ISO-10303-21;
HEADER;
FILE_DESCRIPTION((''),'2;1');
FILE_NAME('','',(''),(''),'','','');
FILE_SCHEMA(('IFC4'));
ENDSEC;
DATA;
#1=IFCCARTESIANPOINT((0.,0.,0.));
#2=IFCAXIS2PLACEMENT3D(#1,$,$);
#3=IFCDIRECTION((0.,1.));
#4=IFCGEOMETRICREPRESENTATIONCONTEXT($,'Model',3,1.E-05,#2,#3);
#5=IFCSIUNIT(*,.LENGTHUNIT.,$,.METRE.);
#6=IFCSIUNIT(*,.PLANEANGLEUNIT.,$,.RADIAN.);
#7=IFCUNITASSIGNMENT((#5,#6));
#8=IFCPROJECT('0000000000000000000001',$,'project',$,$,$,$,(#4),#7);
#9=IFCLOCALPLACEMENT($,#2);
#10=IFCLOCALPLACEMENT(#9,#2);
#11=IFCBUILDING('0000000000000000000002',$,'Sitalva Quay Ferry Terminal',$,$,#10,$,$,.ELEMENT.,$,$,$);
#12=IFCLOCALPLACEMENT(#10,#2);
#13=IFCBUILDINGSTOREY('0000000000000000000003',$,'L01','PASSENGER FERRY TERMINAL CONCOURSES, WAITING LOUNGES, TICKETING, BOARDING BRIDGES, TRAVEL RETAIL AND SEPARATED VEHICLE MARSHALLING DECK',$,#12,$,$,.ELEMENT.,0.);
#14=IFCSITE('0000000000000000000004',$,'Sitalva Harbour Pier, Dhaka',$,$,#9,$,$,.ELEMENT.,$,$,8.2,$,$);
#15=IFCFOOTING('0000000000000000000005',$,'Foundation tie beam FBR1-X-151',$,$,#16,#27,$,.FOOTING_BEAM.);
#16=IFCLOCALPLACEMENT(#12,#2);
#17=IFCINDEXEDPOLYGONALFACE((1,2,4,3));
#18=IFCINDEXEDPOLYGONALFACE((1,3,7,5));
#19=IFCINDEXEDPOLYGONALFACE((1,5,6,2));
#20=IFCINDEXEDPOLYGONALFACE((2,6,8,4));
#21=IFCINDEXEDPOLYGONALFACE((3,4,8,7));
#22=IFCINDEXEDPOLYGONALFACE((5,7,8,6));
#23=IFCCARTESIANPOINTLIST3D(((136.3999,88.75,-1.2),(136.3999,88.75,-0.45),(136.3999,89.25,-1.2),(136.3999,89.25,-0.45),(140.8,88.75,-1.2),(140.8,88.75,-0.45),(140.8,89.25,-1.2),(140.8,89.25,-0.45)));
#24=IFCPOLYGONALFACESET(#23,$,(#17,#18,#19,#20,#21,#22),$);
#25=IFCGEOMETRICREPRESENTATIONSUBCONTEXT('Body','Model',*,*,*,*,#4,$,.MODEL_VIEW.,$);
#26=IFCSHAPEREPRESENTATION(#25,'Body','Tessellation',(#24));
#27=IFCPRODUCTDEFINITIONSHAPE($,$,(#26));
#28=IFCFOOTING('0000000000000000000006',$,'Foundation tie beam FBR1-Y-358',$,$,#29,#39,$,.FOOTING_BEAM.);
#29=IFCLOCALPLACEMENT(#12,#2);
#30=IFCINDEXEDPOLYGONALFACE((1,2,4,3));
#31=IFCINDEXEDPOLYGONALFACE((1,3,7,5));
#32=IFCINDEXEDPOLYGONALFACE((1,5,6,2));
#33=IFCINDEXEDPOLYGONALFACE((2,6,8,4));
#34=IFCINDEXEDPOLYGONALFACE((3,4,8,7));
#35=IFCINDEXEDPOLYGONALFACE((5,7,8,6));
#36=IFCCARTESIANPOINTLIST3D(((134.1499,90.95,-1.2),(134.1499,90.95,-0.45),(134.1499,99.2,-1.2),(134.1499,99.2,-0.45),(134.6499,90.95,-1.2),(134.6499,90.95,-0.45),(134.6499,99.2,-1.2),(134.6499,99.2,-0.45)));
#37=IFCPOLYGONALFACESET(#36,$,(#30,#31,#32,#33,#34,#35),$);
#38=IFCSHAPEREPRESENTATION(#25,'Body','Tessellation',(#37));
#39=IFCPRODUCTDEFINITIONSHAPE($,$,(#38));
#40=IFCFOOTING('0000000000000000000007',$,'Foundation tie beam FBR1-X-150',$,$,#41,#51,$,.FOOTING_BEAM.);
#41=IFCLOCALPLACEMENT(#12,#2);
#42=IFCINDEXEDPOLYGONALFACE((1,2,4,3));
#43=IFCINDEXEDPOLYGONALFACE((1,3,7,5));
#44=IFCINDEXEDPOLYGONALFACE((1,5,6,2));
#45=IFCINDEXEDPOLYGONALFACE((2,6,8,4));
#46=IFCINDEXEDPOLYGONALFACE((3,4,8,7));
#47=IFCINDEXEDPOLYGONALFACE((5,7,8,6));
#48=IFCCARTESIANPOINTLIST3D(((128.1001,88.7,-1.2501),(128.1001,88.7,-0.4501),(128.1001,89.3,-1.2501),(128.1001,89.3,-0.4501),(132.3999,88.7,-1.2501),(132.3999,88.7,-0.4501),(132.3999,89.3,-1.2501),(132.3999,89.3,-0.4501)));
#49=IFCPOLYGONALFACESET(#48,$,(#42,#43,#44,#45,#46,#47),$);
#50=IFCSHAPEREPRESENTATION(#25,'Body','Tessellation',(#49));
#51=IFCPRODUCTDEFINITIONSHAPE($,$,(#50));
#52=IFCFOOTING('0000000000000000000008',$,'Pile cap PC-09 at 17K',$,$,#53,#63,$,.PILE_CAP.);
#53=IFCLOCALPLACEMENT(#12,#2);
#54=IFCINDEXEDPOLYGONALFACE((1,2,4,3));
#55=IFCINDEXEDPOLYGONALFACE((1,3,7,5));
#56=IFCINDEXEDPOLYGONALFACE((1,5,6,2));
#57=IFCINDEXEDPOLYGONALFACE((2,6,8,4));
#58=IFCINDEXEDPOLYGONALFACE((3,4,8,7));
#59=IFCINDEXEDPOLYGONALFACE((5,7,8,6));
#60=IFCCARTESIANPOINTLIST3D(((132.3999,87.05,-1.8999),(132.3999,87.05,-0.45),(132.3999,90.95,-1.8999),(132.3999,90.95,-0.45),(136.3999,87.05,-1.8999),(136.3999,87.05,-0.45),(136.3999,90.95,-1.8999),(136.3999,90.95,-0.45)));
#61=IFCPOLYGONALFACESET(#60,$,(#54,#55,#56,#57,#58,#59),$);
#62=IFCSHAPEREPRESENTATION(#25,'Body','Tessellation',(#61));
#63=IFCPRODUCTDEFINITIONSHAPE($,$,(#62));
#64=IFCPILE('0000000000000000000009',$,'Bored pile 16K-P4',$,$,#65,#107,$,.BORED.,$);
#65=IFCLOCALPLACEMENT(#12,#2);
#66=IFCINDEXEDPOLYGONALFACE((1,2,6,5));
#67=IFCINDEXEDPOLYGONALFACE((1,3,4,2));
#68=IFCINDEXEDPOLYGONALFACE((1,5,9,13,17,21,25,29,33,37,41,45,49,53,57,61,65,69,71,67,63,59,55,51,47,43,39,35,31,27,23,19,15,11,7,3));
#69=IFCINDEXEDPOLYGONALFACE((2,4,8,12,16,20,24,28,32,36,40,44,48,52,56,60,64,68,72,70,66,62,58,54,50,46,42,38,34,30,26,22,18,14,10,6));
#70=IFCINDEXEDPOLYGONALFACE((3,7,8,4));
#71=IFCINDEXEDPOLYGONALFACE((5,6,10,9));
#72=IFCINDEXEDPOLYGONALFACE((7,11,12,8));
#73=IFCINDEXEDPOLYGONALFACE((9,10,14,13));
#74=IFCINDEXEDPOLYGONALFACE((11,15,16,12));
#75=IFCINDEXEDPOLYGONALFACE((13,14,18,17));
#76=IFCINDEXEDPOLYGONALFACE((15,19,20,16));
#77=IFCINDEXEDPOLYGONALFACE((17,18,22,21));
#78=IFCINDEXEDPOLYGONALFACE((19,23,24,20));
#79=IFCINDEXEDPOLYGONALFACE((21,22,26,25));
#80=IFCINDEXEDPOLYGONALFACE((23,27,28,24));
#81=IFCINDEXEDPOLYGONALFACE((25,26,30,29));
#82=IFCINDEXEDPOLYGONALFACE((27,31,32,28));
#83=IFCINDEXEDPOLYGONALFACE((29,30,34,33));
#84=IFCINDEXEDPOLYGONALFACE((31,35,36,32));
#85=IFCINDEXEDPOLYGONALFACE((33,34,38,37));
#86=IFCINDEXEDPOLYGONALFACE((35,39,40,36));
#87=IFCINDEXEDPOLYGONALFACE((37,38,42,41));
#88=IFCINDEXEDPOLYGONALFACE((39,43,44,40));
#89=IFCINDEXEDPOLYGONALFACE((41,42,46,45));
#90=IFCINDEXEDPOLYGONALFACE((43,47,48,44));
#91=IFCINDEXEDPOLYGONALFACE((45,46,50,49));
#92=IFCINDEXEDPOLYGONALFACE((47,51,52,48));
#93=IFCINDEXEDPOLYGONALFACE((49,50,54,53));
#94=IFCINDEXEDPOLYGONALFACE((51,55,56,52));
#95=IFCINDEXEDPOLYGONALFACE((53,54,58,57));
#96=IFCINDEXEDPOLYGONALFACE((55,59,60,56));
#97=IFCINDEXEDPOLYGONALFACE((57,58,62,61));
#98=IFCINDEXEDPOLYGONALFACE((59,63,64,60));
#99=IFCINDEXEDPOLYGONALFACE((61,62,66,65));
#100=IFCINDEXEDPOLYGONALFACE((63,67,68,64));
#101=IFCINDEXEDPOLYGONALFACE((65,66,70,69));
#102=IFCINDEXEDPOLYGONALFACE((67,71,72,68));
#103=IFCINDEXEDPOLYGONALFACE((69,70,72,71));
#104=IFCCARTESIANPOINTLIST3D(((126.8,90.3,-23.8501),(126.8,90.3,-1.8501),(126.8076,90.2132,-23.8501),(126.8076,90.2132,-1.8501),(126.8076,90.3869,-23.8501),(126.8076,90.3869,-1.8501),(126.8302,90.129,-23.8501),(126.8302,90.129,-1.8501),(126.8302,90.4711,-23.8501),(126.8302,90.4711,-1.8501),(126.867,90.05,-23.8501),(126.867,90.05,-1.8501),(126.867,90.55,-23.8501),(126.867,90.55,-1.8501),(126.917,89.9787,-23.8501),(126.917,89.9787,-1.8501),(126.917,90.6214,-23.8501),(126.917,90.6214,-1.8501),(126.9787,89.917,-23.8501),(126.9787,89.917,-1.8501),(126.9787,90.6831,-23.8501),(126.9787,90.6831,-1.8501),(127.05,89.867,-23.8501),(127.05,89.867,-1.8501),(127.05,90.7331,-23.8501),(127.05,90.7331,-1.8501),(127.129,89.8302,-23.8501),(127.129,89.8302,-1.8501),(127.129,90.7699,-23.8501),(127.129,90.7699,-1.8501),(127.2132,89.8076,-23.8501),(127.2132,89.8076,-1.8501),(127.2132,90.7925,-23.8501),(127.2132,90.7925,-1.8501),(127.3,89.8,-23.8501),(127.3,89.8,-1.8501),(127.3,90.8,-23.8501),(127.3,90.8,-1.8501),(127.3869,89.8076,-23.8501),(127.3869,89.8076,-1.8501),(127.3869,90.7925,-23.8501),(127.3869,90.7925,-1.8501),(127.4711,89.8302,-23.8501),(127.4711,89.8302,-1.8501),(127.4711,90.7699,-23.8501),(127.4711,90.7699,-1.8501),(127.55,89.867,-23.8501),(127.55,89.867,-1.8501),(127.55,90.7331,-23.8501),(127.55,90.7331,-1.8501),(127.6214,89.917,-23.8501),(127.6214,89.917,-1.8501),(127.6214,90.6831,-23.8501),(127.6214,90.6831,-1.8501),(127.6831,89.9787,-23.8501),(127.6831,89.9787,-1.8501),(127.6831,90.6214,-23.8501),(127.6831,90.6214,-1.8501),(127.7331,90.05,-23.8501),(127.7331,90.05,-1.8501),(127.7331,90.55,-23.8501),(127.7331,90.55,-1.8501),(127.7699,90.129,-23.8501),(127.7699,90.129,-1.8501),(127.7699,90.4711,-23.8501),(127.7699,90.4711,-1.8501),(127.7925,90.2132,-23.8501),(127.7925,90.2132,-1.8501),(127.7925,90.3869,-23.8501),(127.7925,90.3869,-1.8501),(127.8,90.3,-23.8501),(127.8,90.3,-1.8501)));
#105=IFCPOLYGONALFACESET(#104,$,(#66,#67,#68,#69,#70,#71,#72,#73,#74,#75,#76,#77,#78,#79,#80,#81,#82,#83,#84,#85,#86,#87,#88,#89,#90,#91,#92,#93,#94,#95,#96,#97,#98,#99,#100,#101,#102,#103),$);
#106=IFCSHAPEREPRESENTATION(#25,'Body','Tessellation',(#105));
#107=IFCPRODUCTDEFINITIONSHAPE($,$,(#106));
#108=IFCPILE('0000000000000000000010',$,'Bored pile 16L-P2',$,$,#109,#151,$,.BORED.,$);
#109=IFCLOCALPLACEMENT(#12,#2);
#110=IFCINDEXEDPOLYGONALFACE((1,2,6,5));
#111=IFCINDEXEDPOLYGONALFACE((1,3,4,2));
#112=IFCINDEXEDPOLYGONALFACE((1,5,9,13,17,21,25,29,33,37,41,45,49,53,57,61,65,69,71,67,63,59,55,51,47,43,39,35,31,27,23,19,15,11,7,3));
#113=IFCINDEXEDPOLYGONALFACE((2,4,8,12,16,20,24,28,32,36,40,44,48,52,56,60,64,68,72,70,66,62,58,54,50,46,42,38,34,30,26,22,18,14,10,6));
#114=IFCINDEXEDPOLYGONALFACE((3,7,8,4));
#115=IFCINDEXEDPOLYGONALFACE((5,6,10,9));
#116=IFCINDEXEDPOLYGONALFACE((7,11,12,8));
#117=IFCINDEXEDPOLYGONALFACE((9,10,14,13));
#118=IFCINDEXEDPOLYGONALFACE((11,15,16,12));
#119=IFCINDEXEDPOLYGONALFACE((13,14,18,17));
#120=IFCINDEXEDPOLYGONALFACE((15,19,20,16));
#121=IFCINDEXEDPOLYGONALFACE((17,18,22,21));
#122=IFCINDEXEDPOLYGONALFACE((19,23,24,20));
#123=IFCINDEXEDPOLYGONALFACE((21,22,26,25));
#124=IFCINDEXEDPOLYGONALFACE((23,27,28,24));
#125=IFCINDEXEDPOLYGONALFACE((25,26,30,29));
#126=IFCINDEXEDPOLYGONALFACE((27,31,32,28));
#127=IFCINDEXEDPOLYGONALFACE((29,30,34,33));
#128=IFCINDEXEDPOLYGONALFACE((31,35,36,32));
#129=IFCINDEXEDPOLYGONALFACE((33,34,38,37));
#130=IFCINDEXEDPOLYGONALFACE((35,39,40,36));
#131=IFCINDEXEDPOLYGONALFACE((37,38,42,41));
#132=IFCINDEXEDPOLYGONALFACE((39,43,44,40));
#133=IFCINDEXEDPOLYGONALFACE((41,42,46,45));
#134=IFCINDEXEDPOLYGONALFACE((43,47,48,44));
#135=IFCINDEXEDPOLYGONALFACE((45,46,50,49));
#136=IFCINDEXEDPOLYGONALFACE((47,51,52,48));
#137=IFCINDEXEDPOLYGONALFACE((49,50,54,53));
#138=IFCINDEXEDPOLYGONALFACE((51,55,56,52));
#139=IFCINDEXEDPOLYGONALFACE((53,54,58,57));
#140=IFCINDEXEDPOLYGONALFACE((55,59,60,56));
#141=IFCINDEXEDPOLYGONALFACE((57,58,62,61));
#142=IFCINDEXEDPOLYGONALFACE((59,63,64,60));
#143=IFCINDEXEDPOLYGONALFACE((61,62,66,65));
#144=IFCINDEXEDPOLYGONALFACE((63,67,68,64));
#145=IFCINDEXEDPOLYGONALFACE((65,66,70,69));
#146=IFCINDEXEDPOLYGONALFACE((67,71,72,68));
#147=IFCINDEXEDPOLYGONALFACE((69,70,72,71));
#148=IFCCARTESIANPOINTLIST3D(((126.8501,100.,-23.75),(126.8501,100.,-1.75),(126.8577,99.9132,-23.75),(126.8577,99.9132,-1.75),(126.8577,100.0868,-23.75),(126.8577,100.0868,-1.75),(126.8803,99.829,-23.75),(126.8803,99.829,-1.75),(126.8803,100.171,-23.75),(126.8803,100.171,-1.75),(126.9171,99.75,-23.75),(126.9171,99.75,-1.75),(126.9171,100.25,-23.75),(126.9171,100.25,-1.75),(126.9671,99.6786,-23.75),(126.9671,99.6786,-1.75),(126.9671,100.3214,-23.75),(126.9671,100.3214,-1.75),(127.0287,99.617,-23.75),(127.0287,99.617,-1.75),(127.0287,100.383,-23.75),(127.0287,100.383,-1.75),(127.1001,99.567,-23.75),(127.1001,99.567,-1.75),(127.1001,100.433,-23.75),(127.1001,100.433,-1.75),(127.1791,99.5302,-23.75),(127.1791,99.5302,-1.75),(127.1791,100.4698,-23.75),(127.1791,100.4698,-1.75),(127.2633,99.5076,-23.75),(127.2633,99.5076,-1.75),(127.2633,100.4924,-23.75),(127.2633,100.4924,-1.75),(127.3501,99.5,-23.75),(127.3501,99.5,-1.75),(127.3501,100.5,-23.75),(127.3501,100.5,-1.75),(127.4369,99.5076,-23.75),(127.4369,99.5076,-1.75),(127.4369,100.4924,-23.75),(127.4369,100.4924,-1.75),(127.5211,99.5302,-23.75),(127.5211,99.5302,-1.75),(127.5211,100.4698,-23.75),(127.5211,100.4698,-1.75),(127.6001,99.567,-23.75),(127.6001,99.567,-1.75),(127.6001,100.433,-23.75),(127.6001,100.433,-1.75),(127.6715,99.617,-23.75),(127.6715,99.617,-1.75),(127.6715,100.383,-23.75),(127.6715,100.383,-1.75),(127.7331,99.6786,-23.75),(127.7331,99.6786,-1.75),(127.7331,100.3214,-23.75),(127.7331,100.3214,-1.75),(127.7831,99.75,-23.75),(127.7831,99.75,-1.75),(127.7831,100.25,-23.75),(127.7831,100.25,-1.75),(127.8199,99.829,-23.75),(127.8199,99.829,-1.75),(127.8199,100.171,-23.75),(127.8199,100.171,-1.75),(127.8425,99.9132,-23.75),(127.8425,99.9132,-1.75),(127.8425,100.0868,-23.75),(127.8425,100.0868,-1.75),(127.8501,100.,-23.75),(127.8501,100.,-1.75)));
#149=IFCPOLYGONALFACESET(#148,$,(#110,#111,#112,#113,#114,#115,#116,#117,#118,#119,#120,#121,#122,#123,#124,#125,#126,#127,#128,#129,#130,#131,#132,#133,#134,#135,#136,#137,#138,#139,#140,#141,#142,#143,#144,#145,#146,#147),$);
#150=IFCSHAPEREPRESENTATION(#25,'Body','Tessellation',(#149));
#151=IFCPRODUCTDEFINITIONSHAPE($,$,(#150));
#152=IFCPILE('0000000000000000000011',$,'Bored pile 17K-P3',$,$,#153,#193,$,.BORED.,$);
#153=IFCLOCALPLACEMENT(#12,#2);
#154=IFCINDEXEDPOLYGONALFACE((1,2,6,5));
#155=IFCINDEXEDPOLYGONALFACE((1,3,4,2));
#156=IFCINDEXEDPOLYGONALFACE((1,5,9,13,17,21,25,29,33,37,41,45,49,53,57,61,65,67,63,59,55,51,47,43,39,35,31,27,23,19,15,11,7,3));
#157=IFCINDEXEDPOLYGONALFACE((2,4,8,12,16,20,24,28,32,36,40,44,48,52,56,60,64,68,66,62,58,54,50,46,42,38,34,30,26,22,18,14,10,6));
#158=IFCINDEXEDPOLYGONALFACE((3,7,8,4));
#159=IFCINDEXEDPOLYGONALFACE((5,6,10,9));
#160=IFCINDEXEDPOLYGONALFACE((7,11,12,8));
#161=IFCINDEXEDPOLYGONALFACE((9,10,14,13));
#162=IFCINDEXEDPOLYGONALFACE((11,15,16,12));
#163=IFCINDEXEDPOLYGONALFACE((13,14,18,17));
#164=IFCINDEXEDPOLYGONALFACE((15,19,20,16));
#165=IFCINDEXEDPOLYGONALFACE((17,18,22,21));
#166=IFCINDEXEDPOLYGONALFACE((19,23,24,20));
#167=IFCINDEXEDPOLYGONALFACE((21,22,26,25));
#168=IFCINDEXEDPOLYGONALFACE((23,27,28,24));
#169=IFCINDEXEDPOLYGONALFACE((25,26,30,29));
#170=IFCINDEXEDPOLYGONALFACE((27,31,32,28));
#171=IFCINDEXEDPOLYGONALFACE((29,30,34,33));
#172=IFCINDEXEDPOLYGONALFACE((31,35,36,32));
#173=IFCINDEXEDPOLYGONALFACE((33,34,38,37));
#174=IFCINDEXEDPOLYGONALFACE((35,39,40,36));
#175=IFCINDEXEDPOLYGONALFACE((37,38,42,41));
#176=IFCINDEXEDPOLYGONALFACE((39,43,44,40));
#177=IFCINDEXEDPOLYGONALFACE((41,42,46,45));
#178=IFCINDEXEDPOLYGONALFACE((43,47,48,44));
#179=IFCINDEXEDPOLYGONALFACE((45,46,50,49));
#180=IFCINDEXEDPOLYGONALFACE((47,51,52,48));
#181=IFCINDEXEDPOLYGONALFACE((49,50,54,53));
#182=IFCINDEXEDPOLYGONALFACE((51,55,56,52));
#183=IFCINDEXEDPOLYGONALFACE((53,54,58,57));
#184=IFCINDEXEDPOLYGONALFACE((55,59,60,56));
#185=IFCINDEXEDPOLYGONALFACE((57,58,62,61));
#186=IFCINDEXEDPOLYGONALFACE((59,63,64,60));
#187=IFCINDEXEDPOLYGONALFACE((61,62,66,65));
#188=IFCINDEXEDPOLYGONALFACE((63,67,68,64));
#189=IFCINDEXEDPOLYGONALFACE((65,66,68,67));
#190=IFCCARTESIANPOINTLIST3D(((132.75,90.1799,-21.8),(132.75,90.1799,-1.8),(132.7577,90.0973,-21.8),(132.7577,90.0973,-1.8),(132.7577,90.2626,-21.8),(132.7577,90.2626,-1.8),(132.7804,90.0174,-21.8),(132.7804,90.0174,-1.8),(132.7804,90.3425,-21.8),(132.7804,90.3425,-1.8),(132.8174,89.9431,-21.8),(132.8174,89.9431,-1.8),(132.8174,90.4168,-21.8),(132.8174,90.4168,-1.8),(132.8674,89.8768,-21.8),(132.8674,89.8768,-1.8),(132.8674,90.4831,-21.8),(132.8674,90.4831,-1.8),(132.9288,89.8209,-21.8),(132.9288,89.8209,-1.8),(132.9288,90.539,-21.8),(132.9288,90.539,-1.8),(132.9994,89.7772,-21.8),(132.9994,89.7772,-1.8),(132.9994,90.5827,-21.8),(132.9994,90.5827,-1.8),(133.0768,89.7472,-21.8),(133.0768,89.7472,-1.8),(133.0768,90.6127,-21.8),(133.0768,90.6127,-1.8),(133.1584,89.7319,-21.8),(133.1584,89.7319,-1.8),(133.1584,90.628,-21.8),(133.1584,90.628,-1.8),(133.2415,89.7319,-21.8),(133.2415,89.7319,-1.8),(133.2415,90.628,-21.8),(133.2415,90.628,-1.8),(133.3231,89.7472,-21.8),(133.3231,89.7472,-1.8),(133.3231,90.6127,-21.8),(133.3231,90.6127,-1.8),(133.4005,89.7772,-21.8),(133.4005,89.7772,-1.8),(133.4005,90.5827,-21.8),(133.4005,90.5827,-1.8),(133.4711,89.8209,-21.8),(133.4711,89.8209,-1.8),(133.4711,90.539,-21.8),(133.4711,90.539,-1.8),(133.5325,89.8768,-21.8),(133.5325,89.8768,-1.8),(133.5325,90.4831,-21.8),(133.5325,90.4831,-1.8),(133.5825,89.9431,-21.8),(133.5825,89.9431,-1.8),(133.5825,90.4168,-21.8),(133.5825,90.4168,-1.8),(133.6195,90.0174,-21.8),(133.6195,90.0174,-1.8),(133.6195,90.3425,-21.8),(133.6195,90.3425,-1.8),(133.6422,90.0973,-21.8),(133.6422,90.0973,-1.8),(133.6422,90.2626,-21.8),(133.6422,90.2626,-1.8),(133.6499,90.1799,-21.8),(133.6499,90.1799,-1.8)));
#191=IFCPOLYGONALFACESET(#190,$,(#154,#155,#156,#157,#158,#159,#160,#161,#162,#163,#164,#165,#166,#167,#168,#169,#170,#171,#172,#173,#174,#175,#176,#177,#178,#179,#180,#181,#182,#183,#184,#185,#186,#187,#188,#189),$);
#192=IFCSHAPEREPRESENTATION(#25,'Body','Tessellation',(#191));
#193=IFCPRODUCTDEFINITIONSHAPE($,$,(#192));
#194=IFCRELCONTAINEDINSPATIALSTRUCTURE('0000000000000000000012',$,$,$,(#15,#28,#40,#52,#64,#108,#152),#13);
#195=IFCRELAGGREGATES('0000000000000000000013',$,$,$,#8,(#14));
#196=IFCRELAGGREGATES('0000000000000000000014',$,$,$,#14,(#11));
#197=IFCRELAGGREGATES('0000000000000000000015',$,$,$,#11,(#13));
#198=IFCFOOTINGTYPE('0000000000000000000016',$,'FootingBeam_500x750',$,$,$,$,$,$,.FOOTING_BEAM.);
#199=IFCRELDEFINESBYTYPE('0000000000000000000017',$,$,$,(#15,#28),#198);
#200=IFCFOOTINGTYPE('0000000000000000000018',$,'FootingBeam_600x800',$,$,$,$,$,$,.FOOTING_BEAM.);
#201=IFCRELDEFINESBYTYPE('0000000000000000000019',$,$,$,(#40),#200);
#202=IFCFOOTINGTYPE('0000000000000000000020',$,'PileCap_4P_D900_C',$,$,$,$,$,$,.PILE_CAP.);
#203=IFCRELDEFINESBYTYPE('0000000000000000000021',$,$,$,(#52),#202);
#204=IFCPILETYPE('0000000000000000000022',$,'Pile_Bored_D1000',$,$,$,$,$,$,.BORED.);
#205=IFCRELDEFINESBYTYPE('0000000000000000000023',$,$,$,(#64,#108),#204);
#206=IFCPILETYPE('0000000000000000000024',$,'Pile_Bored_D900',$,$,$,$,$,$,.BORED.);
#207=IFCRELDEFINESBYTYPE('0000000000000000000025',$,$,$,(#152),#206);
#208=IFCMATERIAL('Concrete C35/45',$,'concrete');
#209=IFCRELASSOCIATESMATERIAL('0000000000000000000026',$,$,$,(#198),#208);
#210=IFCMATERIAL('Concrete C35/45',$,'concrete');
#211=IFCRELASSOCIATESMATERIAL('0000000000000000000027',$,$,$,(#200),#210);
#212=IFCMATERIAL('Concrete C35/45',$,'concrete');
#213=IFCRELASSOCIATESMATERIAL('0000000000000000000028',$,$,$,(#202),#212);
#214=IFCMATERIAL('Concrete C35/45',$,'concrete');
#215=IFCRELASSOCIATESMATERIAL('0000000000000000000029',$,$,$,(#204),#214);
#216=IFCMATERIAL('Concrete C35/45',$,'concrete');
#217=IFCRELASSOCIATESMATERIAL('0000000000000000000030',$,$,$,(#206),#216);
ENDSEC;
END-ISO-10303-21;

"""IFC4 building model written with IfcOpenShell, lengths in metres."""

from ifc_helpers import new_model, si_unit, direction, frame, origin, origin_2d, place, context, subcontext, project, spatial, rectangle, circle, extrude, material, material_profile, profile_set, type_object, element, save


model = new_model("IFC4")

# Units and contexts
model_context = context("Model", 3, precision=1e-05, world=origin(), true_north=direction((0.0, 1.0)))
body_context = subcontext(model_context, "Body", "Model", "MODEL_VIEW")
ifc_project = project(units=[si_unit("LENGTHUNIT", "METRE"), si_unit("PLANEANGLEUNIT", "RADIAN")], contexts=[model_context])

# Site, building, storey
site_placement = place(None, origin())
site = spatial("IfcSite", under=ifc_project, at=site_placement, Name="Sitalva Harbour Pier, Dhaka", CompositionType="ELEMENT", RefElevation=8.2)
building_placement = place(site_placement, origin())
building = spatial("IfcBuilding", under=site, at=building_placement, Name="Sitalva Quay Ferry Terminal", CompositionType="ELEMENT")
storey_placement = place(building_placement, origin())
storey = spatial("IfcBuildingStorey", under=building, at=storey_placement, Name="L01", Description="PASSENGER FERRY TERMINAL CONCOURSES, WAITING LOUNGES, TICKETING, BOARDING BRIDGES, TRAVEL RETAIL AND SEPARATED VEHICLE MARSHALLING DECK", CompositionType="ELEMENT", Elevation=0.0)

# Footings
ifc_material_1 = material(Name="Concrete C35/45", Category="concrete")
ifc_material_profile_1 = material_profile(ifc_material_1, rectangle(XDim=0.5, YDim=0.75, at=origin_2d()), Name="RC500x750")
ifc_profile_set_1 = profile_set([ifc_material_profile_1], Name="Concrete C35/45")
footing_type_1 = type_object("IfcFootingType", Name="FootingBeam_500x750", PredefinedType="FOOTING_BEAM", material=ifc_profile_set_1)
footing_1_placement = place(storey_placement, frame((136.3999, 89.0, -0.825), z_axis=(1.0, 0.0, 0.0), x_axis=(0.0, 1.0, 0.0)))
element("IfcFooting", 1, at=footing_1_placement, inside=storey, type_object=footing_type_1, Name="Foundation tie beam FBR1-X-151", PredefinedType="FOOTING_BEAM", context=body_context, shape_type="SweptSolid", body=[
    extrude(rectangle(XDim=0.5, YDim=0.75, at=origin_2d()), origin(), (0.0, 0.0, 1.0), 4.4001),
])
footing_2_placement = place(storey_placement, frame((134.3999, 90.95, -0.825), z_axis=(0.0, 1.0, 0.0), x_axis=(-1.0, 0.0, 0.0)))
element("IfcFooting", 2, at=footing_2_placement, inside=storey, type_object=footing_type_1, Name="Foundation tie beam FBR1-Y-358", PredefinedType="FOOTING_BEAM", context=body_context, shape_type="SweptSolid", body=[
    extrude(rectangle(XDim=0.5, YDim=0.75, at=origin_2d()), origin(), (0.0, 0.0, 1.0), 8.25),
])
ifc_material_2 = material(Name="Concrete C35/45", Category="concrete")
ifc_material_profile_2 = material_profile(ifc_material_2, rectangle(XDim=0.6001, YDim=0.8, at=origin_2d()), Name="RC600x800")
ifc_profile_set_2 = profile_set([ifc_material_profile_2], Name="Concrete C35/45")
footing_type_2 = type_object("IfcFootingType", Name="FootingBeam_600x800", PredefinedType="FOOTING_BEAM", material=ifc_profile_set_2)
footing_3_placement = place(storey_placement, frame((128.1001, 89.0, -0.8501), z_axis=(1.0, 0.0, 0.0), x_axis=(0.0, 1.0, 0.0)))
element("IfcFooting", 3, at=footing_3_placement, inside=storey, type_object=footing_type_2, Name="Foundation tie beam FBR1-X-150", PredefinedType="FOOTING_BEAM", context=body_context, shape_type="SweptSolid", body=[
    extrude(rectangle(XDim=0.6001, YDim=0.8, at=origin_2d()), origin(), (0.0, 0.0, 1.0), 4.2998),
])
ifc_material_3 = material(Name="Concrete C35/45", Category="concrete")
footing_type_3 = type_object("IfcFootingType", Name="PileCap_4P_D900_C", PredefinedType="PILE_CAP", material=ifc_material_3)
footing_4_placement = place(storey_placement, frame((134.3999, 89.0, -1.8999), z_axis=(0.0, 0.0, 1.0), x_axis=(1.0, 0.0, 0.0)))
element("IfcFooting", 4, at=footing_4_placement, inside=storey, type_object=footing_type_3, Name="Pile cap PC-09 at 17K", PredefinedType="PILE_CAP", context=body_context, shape_type="SweptSolid", body=[
    extrude(rectangle(XDim=4.0, YDim=3.8999, at=origin_2d()), origin(), (0.0, 0.0, 1.0), 1.45),
])

# Piles
ifc_material_4 = material(Name="Concrete C35/45", Category="concrete")
ifc_material_profile_3 = material_profile(ifc_material_4, circle(Radius=0.5, at=origin_2d()), Name="PILE-D1000")
ifc_profile_set_3 = profile_set([ifc_material_profile_3], Name="Concrete C35/45")
pile_type_1 = type_object("IfcPileType", Name="Pile_Bored_D1000", PredefinedType="BORED", material=ifc_profile_set_3)
for number, where, z_axis, x_axis, name in (
    (5, (127.3, 90.3, -1.8501), (0.0, 0.0, -1.0), (1.0, 0.0, 0.0), "Bored pile 16K-P4"),
    (6, (127.3501, 100.0, -1.75), (0.0, 0.0, -1.0), (1.0, 0.0, 0.0), "Bored pile 16L-P2"),
):
    element("IfcPile", number, at=place(storey_placement, frame(where, z_axis=z_axis, x_axis=x_axis)), inside=storey, type_object=pile_type_1, Name=name, PredefinedType="BORED", context=body_context, shape_type="SweptSolid", body=[
        extrude(circle(Radius=0.5, at=origin_2d()), origin(), (0.0, 0.0, 1.0), 22.0),
    ])
ifc_material_5 = material(Name="Concrete C35/45", Category="concrete")
ifc_material_profile_4 = material_profile(ifc_material_5, circle(Radius=0.45, at=origin_2d()), Name="PILE-D900")
ifc_profile_set_4 = profile_set([ifc_material_profile_4], Name="Concrete C35/45")
pile_type_2 = type_object("IfcPileType", Name="Pile_Bored_D900", PredefinedType="BORED", material=ifc_profile_set_4)
for number, where, z_axis, x_axis, name in (
    (7, (133.2, 90.1799, -1.8), (0.0, 0.0, -1.0), (1.0, 0.0, 0.0), "Bored pile 17K-P3"),
):
    element("IfcPile", number, at=place(storey_placement, frame(where, z_axis=z_axis, x_axis=x_axis)), inside=storey, type_object=pile_type_2, Name=name, PredefinedType="BORED", context=body_context, shape_type="SweptSolid", body=[
        extrude(circle(Radius=0.45, at=origin_2d()), origin(), (0.0, 0.0, 1.0), 20.0),
    ])

save(model, "model.ifc")
